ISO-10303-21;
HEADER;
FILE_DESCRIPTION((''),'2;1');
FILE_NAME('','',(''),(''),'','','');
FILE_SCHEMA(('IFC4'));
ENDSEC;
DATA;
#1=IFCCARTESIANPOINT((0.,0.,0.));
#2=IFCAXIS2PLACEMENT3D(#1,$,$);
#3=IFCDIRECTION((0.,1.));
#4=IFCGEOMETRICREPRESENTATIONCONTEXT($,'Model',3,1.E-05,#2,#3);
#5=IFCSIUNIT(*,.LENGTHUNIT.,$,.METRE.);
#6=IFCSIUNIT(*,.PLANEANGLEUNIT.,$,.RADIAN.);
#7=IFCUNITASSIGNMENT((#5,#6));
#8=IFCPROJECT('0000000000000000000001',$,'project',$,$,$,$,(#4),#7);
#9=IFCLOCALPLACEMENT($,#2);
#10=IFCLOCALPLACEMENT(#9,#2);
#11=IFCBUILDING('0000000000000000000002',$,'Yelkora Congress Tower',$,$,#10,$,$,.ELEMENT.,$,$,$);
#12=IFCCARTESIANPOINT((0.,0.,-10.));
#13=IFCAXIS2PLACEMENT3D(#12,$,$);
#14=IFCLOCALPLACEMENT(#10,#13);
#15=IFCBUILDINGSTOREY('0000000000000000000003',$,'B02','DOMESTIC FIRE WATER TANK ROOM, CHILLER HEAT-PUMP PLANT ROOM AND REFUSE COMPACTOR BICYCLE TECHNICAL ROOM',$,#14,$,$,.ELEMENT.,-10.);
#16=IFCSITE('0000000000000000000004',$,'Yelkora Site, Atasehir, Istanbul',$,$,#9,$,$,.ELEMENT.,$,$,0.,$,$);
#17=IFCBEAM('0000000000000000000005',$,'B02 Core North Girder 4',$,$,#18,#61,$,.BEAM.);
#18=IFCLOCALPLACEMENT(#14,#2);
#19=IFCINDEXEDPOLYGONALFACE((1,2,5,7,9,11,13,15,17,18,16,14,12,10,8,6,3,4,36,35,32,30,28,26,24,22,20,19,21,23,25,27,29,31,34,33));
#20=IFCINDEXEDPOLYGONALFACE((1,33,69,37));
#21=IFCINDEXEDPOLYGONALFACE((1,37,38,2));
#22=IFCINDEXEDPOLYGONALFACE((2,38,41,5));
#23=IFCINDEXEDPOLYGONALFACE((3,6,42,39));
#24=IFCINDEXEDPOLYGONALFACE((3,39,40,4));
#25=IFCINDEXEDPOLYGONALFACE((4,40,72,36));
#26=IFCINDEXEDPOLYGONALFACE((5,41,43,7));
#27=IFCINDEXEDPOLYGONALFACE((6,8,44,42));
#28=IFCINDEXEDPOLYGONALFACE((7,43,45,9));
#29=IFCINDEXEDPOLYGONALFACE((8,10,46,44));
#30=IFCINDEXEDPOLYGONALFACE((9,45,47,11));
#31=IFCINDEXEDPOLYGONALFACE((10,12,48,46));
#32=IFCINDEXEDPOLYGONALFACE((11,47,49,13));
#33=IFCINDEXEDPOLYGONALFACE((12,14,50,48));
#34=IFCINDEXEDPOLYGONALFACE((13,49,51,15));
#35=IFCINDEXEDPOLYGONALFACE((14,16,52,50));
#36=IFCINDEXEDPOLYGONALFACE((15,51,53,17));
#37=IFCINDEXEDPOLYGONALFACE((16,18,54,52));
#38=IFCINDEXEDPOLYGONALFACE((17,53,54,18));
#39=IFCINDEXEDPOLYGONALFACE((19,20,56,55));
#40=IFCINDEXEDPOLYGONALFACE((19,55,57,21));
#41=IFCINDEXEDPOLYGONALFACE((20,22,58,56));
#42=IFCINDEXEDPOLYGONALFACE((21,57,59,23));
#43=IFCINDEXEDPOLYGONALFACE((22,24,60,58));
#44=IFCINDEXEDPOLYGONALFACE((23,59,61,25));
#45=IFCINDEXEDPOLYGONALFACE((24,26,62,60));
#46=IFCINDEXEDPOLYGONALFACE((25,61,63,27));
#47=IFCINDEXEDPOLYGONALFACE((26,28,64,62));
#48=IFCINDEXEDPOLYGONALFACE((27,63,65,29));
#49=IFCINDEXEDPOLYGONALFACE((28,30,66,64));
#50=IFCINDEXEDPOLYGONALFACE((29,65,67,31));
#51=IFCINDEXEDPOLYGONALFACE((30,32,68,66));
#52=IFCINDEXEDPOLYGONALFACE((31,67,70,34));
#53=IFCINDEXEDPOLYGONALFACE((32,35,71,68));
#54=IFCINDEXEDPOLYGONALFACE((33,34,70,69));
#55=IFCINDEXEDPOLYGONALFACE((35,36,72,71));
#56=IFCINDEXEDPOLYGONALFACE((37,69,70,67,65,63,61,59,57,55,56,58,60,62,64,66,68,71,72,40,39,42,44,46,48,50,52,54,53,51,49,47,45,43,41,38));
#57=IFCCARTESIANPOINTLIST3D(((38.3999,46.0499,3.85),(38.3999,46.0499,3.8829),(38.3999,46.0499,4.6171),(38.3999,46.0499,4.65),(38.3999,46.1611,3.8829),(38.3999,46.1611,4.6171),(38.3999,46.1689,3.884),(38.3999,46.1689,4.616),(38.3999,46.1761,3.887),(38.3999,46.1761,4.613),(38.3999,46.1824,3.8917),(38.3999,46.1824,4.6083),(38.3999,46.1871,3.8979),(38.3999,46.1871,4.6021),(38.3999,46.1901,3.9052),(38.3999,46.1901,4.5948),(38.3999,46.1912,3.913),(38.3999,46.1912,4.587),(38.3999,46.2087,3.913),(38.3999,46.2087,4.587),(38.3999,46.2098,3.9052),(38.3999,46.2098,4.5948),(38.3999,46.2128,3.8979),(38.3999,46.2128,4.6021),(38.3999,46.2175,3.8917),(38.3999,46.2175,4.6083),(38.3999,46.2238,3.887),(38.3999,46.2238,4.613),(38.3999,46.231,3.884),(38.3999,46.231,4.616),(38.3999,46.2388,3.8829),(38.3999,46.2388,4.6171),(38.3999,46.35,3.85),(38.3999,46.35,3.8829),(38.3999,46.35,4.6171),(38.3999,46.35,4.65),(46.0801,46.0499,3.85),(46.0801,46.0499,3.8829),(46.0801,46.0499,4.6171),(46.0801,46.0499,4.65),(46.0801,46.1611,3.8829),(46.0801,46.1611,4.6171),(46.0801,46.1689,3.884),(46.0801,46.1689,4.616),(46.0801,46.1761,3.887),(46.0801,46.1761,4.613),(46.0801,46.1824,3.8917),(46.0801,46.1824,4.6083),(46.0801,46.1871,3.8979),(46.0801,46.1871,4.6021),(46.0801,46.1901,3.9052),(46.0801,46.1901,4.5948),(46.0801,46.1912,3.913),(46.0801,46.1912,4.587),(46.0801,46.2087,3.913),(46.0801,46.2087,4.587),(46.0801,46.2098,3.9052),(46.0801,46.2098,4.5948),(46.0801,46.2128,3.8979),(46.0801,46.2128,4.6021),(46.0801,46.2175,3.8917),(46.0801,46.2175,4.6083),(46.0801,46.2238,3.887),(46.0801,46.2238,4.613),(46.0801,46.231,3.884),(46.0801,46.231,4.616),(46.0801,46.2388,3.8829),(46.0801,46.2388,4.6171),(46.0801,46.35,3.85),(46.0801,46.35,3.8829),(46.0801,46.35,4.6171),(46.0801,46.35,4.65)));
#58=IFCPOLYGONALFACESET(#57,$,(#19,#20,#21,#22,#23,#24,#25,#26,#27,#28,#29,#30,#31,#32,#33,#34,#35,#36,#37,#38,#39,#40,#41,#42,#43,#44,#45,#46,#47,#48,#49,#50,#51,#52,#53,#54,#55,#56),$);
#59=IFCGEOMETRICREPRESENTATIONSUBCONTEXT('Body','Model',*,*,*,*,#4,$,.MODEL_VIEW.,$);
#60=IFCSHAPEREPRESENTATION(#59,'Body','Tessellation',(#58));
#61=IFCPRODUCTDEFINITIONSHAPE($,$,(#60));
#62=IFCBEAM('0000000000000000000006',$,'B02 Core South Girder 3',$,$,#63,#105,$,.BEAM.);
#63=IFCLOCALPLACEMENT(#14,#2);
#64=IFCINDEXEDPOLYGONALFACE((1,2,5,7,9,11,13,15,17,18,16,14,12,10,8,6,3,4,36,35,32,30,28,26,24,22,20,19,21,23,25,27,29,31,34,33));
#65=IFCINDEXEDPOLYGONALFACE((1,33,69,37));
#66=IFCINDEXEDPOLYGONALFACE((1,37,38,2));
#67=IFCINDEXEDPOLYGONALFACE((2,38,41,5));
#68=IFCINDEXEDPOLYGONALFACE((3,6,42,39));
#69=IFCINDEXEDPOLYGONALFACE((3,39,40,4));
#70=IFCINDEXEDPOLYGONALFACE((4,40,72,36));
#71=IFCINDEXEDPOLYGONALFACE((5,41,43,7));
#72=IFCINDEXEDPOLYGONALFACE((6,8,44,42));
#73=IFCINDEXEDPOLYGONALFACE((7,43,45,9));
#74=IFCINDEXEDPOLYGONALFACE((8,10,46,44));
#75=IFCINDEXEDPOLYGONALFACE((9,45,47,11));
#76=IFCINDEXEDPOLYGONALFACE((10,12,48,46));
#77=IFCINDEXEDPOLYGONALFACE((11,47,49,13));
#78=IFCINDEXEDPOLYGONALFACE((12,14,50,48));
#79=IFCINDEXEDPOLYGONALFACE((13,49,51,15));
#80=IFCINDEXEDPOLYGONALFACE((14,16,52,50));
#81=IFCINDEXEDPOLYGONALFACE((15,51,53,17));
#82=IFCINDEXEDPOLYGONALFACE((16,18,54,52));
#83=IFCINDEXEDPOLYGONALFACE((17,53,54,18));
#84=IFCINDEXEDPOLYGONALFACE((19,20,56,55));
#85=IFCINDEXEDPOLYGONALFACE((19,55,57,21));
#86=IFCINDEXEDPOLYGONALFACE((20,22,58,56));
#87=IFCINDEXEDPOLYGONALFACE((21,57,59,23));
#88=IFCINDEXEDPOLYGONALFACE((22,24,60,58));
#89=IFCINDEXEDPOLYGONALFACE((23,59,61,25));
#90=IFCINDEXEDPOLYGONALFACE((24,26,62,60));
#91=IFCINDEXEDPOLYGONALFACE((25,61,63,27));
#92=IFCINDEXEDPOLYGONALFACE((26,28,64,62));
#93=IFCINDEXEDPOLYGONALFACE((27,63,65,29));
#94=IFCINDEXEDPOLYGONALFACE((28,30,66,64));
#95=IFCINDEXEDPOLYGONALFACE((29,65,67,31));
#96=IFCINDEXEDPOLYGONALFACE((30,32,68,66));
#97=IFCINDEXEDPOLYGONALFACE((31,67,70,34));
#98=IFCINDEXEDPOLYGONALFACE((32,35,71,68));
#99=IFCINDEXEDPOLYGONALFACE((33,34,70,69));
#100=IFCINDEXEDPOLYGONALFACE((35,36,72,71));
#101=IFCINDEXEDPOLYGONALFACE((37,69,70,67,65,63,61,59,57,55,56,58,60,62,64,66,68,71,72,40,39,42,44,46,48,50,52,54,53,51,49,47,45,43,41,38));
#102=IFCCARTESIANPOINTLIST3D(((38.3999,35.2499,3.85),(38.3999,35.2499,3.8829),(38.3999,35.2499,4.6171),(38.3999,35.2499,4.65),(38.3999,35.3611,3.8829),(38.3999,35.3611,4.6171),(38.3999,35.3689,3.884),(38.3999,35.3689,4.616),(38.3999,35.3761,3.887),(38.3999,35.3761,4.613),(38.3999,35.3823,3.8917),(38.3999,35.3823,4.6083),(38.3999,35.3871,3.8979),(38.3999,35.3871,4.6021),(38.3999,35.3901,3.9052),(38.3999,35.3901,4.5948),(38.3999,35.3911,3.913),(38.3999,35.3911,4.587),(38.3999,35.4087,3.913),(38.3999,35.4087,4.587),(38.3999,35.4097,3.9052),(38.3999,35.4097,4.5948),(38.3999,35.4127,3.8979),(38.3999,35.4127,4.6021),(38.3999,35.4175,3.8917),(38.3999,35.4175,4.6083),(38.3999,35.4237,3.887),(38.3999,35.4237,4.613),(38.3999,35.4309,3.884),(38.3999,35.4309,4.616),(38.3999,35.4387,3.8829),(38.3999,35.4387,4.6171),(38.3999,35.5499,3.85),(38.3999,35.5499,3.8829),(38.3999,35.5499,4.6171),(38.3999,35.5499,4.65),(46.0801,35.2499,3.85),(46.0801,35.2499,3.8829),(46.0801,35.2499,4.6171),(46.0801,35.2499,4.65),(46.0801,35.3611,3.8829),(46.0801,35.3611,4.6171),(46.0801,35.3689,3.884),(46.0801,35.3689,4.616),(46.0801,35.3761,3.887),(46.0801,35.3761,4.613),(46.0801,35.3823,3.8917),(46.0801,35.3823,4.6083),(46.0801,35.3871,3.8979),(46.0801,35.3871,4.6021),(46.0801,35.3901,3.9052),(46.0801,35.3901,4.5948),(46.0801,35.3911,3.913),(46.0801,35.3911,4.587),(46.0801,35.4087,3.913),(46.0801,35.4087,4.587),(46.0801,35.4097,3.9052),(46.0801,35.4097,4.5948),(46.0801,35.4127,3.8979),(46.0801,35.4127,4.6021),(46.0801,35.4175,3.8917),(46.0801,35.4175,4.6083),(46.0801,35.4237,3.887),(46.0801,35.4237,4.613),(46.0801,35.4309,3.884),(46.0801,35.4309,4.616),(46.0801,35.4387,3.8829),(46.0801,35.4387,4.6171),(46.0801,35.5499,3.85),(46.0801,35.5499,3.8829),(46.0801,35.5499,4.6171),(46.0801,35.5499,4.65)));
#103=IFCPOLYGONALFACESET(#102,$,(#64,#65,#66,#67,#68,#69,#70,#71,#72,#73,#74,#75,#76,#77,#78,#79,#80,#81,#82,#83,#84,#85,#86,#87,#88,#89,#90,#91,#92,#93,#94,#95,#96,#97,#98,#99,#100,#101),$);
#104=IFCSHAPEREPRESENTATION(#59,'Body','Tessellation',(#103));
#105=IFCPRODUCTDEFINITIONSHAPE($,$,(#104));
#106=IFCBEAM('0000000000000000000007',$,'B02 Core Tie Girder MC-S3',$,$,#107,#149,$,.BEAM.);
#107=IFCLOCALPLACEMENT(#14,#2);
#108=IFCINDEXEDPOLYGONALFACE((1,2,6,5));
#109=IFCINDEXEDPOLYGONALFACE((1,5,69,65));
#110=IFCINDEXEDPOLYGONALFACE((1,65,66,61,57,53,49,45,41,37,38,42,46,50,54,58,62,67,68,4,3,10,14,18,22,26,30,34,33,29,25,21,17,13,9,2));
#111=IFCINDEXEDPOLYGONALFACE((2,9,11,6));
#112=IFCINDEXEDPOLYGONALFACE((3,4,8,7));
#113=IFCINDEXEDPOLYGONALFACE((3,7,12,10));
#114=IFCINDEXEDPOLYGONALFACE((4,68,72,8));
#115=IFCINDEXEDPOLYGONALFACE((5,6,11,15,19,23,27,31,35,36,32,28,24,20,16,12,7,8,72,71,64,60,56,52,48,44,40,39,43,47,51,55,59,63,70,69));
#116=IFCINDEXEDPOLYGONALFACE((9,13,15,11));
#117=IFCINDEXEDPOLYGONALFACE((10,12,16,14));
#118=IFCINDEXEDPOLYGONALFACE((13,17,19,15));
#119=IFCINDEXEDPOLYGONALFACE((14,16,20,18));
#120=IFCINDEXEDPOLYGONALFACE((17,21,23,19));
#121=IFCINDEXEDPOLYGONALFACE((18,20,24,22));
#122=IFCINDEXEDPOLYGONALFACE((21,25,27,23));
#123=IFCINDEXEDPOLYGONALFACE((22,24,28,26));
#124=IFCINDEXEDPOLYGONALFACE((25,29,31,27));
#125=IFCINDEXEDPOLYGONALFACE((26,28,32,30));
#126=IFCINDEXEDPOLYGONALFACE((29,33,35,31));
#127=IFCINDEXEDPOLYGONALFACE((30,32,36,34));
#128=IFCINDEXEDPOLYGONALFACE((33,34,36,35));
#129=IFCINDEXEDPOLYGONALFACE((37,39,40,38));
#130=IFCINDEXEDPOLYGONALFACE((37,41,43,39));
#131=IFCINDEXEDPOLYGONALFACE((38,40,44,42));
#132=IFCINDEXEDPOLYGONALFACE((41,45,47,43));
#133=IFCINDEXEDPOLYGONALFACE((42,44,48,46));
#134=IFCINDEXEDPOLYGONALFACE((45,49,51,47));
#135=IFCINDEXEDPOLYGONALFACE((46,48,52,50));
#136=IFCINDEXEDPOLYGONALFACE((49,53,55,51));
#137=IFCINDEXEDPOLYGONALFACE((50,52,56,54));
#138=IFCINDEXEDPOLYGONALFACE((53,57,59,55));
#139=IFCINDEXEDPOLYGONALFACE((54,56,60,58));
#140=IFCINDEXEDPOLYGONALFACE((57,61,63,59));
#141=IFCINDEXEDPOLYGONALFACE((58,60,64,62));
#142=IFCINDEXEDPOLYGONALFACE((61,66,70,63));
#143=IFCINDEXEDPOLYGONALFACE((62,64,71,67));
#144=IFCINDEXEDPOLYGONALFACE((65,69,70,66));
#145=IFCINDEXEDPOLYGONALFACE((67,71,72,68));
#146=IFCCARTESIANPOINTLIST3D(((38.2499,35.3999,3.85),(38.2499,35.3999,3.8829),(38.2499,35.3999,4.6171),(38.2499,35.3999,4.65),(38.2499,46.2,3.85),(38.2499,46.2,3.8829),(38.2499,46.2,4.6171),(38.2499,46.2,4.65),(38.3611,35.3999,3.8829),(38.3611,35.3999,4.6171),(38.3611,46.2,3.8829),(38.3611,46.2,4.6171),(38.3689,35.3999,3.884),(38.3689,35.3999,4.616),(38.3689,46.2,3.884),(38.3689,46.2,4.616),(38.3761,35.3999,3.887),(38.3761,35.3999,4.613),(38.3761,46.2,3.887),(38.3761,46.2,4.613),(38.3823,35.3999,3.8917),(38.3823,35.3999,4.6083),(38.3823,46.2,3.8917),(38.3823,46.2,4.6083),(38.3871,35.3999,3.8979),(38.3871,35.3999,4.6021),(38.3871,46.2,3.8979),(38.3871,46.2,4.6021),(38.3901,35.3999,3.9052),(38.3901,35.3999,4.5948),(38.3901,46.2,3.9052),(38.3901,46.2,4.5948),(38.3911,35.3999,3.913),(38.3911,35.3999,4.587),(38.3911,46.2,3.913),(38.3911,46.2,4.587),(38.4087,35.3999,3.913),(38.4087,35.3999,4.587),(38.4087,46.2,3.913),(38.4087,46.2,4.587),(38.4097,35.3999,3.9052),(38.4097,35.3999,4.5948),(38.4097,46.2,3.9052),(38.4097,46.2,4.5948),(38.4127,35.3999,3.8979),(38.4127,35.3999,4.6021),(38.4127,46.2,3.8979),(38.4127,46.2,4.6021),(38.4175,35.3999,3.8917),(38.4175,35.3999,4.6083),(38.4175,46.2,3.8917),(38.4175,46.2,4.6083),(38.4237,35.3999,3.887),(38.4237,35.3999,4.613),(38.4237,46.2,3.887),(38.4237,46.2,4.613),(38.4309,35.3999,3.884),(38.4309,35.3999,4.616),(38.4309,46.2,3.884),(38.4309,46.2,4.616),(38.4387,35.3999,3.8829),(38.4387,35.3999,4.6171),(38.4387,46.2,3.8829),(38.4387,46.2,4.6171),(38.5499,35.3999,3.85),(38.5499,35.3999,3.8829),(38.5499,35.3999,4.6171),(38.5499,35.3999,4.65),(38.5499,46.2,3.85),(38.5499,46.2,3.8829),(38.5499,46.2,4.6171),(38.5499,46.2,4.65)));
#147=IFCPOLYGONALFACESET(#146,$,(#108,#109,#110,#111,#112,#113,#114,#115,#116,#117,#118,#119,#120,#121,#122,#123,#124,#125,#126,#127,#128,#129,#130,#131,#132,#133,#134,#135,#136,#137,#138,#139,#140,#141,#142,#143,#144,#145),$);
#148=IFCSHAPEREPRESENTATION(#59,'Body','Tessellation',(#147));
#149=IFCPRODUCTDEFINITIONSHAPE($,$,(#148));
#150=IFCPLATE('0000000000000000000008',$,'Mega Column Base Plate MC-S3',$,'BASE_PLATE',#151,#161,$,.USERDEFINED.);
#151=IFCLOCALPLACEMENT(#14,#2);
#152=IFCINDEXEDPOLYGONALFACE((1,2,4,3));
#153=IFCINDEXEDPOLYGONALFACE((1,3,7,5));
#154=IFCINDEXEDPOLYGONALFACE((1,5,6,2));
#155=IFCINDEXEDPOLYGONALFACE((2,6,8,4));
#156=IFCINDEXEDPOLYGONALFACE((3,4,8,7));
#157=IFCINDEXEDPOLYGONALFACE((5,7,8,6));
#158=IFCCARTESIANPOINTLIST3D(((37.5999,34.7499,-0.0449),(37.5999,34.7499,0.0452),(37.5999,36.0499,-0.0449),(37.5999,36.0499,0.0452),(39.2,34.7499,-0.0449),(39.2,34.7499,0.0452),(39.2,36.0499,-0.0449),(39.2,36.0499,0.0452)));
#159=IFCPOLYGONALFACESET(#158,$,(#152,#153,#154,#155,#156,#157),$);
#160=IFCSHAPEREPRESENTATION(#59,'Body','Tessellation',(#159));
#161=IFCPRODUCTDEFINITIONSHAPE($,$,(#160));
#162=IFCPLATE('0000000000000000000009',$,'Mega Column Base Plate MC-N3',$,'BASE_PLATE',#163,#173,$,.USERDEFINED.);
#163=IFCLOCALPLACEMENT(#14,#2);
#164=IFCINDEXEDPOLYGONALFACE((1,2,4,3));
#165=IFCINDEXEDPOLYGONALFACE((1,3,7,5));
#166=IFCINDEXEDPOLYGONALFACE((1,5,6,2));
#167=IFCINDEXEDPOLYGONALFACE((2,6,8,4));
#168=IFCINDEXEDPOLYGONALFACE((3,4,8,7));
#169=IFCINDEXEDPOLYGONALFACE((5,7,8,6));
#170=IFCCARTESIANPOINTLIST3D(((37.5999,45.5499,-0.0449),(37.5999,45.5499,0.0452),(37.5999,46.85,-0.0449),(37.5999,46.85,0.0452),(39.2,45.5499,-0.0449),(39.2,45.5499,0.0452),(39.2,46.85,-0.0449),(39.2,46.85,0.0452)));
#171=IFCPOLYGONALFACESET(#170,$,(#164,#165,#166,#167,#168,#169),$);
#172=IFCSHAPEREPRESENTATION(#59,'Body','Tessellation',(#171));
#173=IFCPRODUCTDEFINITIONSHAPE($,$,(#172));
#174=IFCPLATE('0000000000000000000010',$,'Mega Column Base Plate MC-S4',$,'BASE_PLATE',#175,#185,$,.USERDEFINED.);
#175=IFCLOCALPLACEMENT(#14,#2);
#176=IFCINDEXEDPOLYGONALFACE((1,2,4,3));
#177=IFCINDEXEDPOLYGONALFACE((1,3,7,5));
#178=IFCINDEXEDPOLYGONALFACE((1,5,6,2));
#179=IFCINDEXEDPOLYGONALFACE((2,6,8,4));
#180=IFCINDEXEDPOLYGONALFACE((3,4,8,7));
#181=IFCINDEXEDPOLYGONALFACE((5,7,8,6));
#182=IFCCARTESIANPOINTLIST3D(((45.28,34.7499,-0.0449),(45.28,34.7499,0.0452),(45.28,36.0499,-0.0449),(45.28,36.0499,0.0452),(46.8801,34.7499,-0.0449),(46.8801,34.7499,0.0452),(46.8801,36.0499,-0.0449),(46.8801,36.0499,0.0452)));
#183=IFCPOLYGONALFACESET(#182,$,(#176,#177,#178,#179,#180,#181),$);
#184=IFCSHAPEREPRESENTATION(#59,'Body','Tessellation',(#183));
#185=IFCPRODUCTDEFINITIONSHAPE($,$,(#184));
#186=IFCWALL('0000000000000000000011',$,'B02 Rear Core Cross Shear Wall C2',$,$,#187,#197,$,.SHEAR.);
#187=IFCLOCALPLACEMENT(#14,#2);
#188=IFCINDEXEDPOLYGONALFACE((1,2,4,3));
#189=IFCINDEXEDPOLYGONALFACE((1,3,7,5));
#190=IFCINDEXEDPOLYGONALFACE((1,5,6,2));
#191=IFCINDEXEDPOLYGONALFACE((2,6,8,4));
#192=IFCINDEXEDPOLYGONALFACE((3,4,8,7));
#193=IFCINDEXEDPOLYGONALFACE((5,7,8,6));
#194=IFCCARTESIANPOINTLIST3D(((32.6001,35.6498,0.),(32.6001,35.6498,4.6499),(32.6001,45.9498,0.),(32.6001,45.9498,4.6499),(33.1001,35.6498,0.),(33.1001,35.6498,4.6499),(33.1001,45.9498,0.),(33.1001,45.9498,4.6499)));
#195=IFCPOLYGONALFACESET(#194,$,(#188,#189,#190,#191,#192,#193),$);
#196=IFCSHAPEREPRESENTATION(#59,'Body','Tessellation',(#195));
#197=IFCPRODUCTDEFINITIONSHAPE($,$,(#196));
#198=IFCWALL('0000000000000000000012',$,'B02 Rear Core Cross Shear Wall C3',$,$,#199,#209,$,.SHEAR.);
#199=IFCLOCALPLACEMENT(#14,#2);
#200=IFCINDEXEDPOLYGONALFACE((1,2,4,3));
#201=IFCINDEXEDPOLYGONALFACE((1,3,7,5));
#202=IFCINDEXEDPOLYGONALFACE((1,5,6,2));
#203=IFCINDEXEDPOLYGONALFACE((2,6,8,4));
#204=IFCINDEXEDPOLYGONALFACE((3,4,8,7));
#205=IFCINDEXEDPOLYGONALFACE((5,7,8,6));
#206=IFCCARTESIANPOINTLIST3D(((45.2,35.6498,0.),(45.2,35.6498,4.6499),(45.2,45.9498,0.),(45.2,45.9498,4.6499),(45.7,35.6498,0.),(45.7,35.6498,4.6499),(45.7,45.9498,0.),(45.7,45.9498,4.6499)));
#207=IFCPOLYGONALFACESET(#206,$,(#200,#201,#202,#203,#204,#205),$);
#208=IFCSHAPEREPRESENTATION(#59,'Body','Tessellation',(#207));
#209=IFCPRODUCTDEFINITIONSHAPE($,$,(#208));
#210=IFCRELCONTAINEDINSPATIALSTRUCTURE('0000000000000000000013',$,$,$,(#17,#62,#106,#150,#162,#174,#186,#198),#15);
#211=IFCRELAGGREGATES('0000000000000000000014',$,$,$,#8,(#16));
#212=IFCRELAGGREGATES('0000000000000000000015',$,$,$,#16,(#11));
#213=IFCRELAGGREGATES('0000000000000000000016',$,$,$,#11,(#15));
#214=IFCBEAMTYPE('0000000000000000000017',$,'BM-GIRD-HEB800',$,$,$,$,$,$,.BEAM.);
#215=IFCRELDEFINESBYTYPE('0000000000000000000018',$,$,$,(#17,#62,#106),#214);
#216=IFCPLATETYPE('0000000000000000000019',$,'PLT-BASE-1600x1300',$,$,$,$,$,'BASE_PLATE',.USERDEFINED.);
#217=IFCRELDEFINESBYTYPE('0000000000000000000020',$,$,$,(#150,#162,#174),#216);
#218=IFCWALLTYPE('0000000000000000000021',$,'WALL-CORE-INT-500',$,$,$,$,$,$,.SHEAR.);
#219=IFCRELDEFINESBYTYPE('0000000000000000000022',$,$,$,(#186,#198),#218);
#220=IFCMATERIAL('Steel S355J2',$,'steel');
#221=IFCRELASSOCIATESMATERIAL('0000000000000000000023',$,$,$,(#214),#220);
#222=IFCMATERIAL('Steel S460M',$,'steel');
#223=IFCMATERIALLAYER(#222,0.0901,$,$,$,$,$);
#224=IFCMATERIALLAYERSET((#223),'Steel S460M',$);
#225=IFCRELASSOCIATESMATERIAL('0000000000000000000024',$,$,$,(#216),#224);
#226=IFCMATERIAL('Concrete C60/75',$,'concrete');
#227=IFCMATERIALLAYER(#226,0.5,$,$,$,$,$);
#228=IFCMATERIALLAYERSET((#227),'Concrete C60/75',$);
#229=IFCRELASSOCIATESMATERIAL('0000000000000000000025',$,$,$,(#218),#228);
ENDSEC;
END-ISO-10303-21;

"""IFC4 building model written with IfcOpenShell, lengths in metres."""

from ifc_helpers import new_model, si_unit, direction, frame, frame_2d, origin, origin_2d, place, context, subcontext, project, spatial, rectangle, i_section, extrude, material, layer, layer_set, material_profile, profile_set, type_object, element, save


model = new_model("IFC4")

# Units and contexts
model_context = context("Model", 3, precision=1e-05, world=origin(), true_north=direction((0.0, 1.0)))
body_context = subcontext(model_context, "Body", "Model", "MODEL_VIEW")
ifc_project = project(units=[si_unit("LENGTHUNIT", "METRE"), si_unit("PLANEANGLEUNIT", "RADIAN")], contexts=[model_context])

# Site, building, storey
site_placement = place(None, origin())
site = spatial("IfcSite", under=ifc_project, at=site_placement, Name="Yelkora Site, Atasehir, Istanbul", CompositionType="ELEMENT", RefElevation=0.0)
building_placement = place(site_placement, origin())
building = spatial("IfcBuilding", under=site, at=building_placement, Name="Yelkora Congress Tower", CompositionType="ELEMENT")
storey_placement = place(building_placement, frame((0.0, 0.0, -10.0)))
storey = spatial("IfcBuildingStorey", under=building, at=storey_placement, Name="B02", Description="DOMESTIC FIRE WATER TANK ROOM, CHILLER HEAT-PUMP PLANT ROOM AND REFUSE COMPACTOR BICYCLE TECHNICAL ROOM", CompositionType="ELEMENT", Elevation=-10.0)

# Shared definitions
ifc_material_1 = material(Name="Concrete C60/75", Category="concrete")

# Beams
ifc_material_2 = material(Name="Steel S355J2", Category="steel")
ifc_material_profile_1 = material_profile(ifc_material_2, i_section(OverallWidth=0.3, OverallDepth=0.8, WebThickness=0.0176, FlangeThickness=0.033, FilletRadius=0.03, at=origin_2d()), Name="HEB 800")
ifc_profile_set_1 = profile_set([ifc_material_profile_1], Name="Steel S355J2")
beam_type = type_object("IfcBeamType", Name="BM-GIRD-HEB800", PredefinedType="BEAM", material=ifc_profile_set_1)
for number, where, z_axis, x_axis, name in (
    (1, (38.3999, 46.2, 4.25), (1.0, 0.0, 0.0), (0.0, 1.0, 0.0), "B02 Core North Girder 4"),
    (2, (38.3999, 35.3999, 4.25), (1.0, 0.0, 0.0), (0.0, 1.0, 0.0), "B02 Core South Girder 3"),
):
    element("IfcBeam", number, at=place(storey_placement, frame(where, z_axis=z_axis, x_axis=x_axis)), inside=storey, type_object=beam_type, Name=name, PredefinedType="BEAM", context=body_context, shape_type="SweptSolid", body=[
        extrude(i_section(OverallWidth=0.3, OverallDepth=0.8, WebThickness=0.0176, FlangeThickness=0.033, FilletRadius=0.03, at=origin_2d()), origin(), (0.0, 0.0, 1.0), 7.6802),
    ])
beam_placement = place(storey_placement, frame((38.3999, 35.3999, 4.25), z_axis=(0.0, 1.0, 0.0), x_axis=(-1.0, 0.0, 0.0)))
element("IfcBeam", 3, at=beam_placement, inside=storey, type_object=beam_type, Name="B02 Core Tie Girder MC-S3", PredefinedType="BEAM", context=body_context, shape_type="SweptSolid", body=[
    extrude(i_section(OverallWidth=0.3, OverallDepth=0.8, WebThickness=0.0176, FlangeThickness=0.033, FilletRadius=0.03, at=origin_2d()), origin(), (0.0, 0.0, 1.0), 10.8),
])

# Plates
ifc_material_3 = material(Name="Steel S460M", Category="steel")
ifc_layer_1 = layer(ifc_material_3, 0.0901)
ifc_layer_set_1 = layer_set([ifc_layer_1], Name="Steel S460M")
plate_type = type_object("IfcPlateType", Name="PLT-BASE-1600x1300", ElementType="BASE_PLATE", PredefinedType="USERDEFINED", material=ifc_layer_set_1)
for number, where, z_axis, x_axis, name in (
    (4, (38.3999, 35.3999, -0.0449), (0.0, 0.0, 1.0), (1.0, 0.0, 0.0), "Mega Column Base Plate MC-S3"),
    (5, (38.3999, 46.2, -0.0449), (0.0, 0.0, 1.0), (1.0, 0.0, 0.0), "Mega Column Base Plate MC-N3"),
    (6, (46.0801, 35.3999, -0.0449), (0.0, 0.0, 1.0), (1.0, 0.0, 0.0), "Mega Column Base Plate MC-S4"),
):
    element("IfcPlate", number, at=place(storey_placement, frame(where, z_axis=z_axis, x_axis=x_axis)), inside=storey, type_object=plate_type, Name=name, ObjectType="BASE_PLATE", PredefinedType="USERDEFINED", context=body_context, shape_type="SweptSolid", body=[
        extrude(rectangle(XDim=1.6001, YDim=1.3, at=origin_2d()), origin(), (0.0, 0.0, 1.0), 0.0901),
    ])

# Shared definitions
ifc_layer_2 = layer(ifc_material_1, 0.5)
ifc_layer_set_2 = layer_set([ifc_layer_2], Name="Concrete C60/75")
wall_type_1 = type_object("IfcWallType", Name="WALL-CORE-INT-500", PredefinedType="SHEAR", material=ifc_layer_set_2)

# Walls
for number, where, z_axis, x_axis, name in (
    (7, (32.8501, 35.6499, 0.0), (0.0, 0.0, 1.0), (0.0, 1.0, 0.0), "B02 Rear Core Cross Shear Wall C2"),
    (8, (45.45, 35.6499, 0.0), (0.0, 0.0, 1.0), (0.0, 1.0, 0.0), "B02 Rear Core Cross Shear Wall C3"),
):
    element("IfcWall", number, at=place(storey_placement, frame(where, z_axis=z_axis, x_axis=x_axis)), inside=storey, type_object=wall_type_1, Name=name, PredefinedType="SHEAR", context=body_context, shape_type="SweptSolid", body=[
        extrude(rectangle(XDim=10.3, YDim=0.5, at=frame_2d((5.1499, 0.0))), origin(), (0.0, 0.0, 1.0), 4.6499),
    ])

save(model, "model.ifc")
